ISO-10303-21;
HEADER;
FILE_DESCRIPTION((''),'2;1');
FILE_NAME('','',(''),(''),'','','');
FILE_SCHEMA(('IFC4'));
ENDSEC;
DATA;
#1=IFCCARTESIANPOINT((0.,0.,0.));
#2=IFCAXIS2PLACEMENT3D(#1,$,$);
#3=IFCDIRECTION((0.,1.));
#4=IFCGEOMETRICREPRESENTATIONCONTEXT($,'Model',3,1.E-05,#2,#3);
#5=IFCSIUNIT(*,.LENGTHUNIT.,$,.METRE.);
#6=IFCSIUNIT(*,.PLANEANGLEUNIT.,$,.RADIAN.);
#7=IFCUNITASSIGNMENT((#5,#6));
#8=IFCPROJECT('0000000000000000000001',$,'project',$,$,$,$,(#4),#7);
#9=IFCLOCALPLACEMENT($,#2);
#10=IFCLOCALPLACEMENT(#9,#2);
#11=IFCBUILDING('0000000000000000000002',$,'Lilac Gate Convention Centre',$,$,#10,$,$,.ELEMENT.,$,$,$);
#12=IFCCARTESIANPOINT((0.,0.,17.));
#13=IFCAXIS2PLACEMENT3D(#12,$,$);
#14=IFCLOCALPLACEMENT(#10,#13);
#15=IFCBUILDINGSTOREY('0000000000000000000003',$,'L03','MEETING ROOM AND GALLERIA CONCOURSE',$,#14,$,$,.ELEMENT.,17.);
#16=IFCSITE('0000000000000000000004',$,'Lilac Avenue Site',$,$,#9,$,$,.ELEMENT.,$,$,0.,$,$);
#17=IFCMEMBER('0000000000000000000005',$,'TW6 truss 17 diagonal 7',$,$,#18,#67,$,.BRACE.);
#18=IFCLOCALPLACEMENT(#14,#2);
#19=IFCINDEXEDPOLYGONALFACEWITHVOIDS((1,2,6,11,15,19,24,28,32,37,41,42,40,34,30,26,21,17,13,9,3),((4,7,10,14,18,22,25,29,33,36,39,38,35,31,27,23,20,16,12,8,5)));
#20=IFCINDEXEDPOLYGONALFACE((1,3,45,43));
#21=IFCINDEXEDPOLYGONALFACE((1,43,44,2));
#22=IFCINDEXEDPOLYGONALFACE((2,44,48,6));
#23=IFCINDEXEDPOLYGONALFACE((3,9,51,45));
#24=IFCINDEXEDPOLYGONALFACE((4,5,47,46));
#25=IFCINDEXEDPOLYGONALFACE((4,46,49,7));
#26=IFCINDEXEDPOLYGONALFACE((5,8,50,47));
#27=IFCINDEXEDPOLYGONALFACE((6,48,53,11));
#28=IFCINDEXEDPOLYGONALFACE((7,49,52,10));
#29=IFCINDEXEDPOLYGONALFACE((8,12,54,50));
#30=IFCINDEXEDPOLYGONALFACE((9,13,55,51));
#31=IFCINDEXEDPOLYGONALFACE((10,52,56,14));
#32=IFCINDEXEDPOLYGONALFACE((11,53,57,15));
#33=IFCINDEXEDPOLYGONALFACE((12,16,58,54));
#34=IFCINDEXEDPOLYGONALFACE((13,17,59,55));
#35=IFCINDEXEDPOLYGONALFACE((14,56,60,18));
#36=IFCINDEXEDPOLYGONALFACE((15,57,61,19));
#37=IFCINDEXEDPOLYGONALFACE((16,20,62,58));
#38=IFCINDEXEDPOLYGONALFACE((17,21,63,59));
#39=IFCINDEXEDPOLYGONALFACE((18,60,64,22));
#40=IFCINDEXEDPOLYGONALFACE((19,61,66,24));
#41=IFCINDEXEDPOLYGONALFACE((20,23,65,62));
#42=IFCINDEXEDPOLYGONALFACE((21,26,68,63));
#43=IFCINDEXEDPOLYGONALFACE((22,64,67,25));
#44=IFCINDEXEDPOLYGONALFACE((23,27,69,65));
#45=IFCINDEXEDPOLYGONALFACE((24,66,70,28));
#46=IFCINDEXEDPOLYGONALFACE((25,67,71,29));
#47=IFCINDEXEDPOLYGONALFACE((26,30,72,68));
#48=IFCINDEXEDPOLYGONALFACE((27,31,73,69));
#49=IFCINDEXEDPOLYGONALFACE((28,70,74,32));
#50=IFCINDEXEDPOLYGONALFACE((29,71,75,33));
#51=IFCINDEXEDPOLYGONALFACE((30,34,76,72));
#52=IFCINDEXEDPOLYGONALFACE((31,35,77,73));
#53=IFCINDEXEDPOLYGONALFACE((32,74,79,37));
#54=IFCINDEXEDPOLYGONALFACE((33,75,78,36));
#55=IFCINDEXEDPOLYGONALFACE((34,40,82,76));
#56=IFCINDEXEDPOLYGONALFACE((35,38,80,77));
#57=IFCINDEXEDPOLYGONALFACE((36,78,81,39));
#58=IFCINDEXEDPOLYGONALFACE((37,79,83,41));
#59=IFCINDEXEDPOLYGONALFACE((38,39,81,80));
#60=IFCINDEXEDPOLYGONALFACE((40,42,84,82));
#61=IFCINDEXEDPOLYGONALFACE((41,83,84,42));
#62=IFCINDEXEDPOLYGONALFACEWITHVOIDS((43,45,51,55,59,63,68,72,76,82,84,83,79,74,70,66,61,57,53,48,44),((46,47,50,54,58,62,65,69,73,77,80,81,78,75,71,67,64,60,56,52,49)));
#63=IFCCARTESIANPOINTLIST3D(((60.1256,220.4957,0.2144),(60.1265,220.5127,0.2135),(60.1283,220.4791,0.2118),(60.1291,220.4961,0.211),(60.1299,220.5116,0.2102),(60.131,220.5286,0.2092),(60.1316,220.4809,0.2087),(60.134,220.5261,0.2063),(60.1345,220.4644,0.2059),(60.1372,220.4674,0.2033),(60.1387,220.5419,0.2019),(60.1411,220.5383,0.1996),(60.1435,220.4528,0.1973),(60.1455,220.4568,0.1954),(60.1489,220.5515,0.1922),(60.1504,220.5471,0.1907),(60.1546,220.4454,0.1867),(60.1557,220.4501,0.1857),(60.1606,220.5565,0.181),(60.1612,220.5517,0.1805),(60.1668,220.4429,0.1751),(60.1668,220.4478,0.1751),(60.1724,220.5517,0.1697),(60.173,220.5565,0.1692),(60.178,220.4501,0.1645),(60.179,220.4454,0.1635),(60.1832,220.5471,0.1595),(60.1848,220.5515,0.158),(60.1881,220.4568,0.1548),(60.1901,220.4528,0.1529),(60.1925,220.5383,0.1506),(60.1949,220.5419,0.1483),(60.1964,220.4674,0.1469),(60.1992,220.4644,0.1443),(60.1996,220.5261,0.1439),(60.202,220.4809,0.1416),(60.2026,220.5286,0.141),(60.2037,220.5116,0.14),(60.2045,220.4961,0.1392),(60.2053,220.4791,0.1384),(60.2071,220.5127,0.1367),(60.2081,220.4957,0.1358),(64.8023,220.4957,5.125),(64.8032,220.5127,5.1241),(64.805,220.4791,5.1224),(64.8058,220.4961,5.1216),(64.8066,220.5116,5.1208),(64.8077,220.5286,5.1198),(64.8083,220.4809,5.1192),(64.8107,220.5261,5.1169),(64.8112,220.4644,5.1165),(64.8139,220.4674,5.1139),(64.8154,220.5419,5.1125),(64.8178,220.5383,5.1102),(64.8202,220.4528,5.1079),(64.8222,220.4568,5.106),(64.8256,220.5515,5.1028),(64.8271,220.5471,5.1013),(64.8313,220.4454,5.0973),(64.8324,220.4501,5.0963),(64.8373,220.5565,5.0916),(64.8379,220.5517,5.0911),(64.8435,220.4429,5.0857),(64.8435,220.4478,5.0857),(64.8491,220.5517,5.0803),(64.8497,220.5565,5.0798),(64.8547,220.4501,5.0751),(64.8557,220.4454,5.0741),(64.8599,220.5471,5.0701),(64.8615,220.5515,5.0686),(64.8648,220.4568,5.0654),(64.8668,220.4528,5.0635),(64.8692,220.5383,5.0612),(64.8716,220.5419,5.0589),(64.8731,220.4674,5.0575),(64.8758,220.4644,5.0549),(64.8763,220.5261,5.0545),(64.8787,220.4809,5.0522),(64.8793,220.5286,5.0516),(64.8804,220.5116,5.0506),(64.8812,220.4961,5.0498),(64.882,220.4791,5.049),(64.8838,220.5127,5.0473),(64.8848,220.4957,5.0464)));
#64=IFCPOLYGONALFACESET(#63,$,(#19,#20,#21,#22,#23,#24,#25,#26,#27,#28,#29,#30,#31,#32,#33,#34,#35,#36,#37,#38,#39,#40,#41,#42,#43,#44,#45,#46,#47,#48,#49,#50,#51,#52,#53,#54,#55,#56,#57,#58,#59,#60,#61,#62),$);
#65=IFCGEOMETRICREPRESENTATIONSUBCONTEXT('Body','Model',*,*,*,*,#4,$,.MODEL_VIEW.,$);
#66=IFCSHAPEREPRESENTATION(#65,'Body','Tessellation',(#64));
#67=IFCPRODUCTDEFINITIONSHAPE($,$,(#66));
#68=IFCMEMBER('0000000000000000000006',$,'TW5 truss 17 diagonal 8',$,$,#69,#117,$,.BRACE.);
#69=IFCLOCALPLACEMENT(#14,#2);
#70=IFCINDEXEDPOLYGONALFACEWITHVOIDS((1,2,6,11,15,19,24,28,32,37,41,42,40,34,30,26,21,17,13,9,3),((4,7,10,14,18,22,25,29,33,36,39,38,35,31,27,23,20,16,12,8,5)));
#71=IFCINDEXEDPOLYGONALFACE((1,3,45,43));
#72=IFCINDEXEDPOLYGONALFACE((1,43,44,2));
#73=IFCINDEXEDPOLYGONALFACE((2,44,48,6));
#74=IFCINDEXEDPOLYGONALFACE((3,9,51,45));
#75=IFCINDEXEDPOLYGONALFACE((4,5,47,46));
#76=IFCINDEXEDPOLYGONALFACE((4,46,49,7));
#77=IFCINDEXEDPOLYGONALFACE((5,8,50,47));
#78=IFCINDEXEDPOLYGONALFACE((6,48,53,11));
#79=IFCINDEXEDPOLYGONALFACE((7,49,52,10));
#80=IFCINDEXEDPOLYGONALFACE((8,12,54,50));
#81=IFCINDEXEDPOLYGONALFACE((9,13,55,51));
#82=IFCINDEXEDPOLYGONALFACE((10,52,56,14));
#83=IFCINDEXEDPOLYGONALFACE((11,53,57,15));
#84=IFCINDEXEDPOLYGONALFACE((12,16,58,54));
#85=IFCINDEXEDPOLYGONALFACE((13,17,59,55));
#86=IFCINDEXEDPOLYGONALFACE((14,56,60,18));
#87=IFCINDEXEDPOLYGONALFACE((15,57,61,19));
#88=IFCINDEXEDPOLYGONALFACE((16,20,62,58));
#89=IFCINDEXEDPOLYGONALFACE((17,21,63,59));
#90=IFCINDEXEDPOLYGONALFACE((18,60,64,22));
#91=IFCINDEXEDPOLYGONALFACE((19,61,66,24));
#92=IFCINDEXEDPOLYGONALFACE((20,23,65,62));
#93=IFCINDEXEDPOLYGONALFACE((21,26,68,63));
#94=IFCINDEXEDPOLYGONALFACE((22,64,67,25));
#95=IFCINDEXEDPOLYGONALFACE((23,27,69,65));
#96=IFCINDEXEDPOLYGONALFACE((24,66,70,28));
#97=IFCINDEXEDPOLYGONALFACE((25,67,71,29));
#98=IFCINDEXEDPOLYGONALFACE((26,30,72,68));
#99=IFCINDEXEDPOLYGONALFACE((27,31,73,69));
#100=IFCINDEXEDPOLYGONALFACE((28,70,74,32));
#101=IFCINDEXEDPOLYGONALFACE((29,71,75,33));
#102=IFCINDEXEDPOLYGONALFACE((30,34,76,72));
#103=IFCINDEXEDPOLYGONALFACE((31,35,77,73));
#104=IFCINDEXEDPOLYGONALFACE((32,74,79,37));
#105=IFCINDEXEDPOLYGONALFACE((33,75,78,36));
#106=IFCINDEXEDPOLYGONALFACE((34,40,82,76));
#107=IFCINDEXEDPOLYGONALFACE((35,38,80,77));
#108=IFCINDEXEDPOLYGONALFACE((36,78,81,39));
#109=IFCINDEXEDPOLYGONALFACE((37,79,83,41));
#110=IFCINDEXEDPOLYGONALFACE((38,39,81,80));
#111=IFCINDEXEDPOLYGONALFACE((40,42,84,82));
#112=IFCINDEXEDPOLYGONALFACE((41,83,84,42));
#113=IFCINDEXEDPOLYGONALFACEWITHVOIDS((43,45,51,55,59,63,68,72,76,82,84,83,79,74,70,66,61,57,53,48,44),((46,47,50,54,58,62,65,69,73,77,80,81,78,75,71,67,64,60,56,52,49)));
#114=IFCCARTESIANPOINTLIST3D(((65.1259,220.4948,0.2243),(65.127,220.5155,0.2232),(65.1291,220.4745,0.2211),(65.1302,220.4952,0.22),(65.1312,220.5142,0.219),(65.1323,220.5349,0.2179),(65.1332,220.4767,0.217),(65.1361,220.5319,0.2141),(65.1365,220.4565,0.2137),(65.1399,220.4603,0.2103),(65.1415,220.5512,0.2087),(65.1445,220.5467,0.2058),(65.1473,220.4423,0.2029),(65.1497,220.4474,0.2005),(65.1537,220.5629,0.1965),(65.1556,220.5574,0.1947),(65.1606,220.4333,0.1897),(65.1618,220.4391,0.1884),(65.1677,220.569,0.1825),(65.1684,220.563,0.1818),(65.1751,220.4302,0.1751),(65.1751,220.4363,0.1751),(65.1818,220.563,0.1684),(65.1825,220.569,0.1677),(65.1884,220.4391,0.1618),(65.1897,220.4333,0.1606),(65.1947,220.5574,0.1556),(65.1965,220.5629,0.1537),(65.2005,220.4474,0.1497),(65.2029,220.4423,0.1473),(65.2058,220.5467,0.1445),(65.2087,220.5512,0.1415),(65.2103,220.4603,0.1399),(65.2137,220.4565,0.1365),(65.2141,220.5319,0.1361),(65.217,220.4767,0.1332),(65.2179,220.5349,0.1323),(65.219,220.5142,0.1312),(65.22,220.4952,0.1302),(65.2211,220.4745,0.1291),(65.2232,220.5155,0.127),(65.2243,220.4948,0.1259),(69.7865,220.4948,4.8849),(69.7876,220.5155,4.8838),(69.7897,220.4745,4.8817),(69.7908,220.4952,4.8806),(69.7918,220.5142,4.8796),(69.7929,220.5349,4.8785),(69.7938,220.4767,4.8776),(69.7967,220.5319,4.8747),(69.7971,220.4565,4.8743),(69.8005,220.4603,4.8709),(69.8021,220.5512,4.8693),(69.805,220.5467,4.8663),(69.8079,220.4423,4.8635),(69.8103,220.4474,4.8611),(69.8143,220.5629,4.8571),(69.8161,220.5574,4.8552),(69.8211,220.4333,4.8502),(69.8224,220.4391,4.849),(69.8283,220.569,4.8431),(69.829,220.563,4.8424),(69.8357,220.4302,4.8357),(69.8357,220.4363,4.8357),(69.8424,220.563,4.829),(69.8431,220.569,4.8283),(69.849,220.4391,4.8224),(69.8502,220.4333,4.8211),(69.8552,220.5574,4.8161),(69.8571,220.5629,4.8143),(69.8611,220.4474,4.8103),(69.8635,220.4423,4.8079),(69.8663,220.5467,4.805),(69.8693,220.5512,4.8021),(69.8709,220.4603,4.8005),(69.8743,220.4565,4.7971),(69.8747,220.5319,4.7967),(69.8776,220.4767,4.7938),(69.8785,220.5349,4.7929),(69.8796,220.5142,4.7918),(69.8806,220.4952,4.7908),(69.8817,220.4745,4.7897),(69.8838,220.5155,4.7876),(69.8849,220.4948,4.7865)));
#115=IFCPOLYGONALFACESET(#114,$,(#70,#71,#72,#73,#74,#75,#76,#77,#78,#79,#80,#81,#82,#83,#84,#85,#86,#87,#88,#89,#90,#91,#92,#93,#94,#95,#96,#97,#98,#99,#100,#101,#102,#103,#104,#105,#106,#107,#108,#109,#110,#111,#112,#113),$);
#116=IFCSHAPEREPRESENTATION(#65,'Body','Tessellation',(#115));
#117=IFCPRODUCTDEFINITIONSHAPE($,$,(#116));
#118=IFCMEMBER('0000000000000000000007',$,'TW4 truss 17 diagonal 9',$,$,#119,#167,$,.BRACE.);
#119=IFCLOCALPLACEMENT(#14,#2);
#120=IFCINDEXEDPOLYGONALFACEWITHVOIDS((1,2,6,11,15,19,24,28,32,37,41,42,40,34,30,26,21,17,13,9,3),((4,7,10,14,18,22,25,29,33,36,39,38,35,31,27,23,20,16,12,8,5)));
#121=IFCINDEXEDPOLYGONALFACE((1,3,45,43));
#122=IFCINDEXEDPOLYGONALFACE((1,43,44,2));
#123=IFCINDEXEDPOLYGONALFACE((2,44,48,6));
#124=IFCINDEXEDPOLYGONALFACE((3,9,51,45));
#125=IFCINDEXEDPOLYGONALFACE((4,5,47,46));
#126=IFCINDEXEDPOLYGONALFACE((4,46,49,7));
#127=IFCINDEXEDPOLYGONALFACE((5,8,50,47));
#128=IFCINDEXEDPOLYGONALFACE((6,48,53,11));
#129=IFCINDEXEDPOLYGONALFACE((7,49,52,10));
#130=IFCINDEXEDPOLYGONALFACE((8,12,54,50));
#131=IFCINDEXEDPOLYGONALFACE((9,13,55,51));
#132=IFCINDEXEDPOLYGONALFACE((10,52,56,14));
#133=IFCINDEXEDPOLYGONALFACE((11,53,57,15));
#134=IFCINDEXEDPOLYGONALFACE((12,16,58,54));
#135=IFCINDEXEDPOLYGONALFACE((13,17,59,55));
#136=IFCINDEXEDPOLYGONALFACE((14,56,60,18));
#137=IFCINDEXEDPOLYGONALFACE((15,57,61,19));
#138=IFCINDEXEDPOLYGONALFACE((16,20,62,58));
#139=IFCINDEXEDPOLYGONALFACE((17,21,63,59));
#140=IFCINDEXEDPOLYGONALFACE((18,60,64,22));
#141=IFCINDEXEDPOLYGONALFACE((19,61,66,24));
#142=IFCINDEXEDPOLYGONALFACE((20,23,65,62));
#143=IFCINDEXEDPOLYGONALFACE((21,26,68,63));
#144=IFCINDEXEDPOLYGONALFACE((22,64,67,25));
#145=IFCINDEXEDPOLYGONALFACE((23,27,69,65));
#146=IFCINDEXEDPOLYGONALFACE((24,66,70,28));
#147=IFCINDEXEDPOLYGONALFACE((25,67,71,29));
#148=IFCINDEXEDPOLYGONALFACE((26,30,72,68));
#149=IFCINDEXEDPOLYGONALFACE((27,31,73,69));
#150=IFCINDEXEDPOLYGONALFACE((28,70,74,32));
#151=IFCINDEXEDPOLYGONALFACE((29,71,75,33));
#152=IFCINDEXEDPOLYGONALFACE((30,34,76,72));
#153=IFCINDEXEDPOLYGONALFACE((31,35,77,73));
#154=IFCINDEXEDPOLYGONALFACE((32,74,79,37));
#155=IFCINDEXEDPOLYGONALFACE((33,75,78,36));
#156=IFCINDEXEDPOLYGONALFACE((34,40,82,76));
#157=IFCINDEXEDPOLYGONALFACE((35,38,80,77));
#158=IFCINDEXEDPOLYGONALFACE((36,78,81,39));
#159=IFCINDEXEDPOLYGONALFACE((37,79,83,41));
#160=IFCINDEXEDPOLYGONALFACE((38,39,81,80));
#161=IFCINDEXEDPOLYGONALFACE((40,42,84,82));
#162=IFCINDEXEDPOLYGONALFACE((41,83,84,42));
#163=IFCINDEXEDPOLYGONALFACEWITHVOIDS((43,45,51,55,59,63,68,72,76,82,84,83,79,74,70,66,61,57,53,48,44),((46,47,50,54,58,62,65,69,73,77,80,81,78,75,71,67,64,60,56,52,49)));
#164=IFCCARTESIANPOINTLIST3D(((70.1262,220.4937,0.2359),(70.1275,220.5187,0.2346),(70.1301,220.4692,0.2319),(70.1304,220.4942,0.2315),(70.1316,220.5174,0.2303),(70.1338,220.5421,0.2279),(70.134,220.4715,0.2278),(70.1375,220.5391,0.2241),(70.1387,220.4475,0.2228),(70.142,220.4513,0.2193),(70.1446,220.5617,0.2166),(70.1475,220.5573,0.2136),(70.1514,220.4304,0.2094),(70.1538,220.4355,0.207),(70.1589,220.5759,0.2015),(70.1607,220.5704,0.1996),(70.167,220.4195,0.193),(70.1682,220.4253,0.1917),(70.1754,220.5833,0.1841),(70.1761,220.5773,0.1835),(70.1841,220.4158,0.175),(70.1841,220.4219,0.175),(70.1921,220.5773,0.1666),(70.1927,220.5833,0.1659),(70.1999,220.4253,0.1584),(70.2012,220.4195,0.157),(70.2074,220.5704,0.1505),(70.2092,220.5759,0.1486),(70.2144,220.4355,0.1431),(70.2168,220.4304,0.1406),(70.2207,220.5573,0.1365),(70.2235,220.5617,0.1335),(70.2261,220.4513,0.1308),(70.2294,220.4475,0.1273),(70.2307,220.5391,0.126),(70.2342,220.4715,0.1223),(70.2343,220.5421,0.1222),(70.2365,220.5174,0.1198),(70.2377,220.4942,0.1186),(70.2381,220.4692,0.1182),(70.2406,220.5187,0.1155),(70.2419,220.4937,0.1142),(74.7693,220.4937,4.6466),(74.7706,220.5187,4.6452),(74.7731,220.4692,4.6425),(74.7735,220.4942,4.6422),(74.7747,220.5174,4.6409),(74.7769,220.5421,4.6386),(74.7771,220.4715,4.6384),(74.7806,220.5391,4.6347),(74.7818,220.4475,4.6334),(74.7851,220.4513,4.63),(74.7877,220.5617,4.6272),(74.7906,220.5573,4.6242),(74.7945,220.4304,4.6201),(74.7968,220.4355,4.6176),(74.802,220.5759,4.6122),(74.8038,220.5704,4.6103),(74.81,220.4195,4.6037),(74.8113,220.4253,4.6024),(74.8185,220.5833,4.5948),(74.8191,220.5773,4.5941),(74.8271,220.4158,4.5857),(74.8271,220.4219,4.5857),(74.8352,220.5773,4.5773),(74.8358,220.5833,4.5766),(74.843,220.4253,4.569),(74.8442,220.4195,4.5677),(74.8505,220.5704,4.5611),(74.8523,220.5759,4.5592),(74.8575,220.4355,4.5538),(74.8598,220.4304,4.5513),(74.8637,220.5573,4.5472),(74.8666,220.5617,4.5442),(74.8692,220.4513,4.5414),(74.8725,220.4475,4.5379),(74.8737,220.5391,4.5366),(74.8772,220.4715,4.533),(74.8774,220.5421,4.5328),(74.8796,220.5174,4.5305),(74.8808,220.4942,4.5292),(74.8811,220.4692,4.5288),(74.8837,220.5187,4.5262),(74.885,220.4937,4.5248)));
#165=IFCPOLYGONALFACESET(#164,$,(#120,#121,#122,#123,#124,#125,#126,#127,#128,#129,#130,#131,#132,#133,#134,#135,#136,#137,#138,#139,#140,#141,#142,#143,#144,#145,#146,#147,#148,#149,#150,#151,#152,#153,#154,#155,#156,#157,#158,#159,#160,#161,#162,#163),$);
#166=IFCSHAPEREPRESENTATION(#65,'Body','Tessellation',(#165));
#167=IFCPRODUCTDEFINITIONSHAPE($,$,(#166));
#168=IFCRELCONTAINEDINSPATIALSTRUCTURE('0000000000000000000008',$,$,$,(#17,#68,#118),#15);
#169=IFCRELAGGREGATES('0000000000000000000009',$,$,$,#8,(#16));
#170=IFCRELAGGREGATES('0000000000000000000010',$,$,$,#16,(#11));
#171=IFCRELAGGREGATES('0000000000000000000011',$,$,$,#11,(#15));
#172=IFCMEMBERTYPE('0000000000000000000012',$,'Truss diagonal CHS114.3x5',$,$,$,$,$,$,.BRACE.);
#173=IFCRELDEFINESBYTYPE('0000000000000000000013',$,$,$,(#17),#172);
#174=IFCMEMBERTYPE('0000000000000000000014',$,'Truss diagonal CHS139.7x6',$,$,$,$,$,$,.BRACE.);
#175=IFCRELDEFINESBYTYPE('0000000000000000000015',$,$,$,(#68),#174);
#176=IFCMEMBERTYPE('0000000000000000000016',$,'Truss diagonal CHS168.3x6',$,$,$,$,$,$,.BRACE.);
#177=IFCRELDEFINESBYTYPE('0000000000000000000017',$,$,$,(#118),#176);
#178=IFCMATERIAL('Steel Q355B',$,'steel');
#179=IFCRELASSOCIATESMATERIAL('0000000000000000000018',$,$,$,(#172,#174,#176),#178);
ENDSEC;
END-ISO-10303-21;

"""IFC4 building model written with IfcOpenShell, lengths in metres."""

from ifc_helpers import new_model, si_unit, direction, frame, origin, origin_2d, place, context, subcontext, project, spatial, hollow_circle, extrude, material, material_profile, profile_set, type_object, element, save


model = new_model("IFC4")

# Units and contexts
model_context = context("Model", 3, precision=1e-05, world=origin(), true_north=direction((0.0, 1.0)))
body_context = subcontext(model_context, "Body", "Model", "MODEL_VIEW")
ifc_project = project(units=[si_unit("LENGTHUNIT", "METRE"), si_unit("PLANEANGLEUNIT", "RADIAN")], contexts=[model_context])

# Site, building, storey
site_placement = place(None, origin())
site = spatial("IfcSite", under=ifc_project, at=site_placement, Name="Lilac Avenue Site", CompositionType="ELEMENT", RefElevation=0.0)
building_placement = place(site_placement, origin())
building = spatial("IfcBuilding", under=site, at=building_placement, Name="Lilac Gate Convention Centre", CompositionType="ELEMENT")
storey_placement = place(building_placement, frame((0.0, 0.0, 17.0)))
storey = spatial("IfcBuildingStorey", under=building, at=storey_placement, Name="L03", Description="MEETING ROOM AND GALLERIA CONCOURSE", CompositionType="ELEMENT", Elevation=17.0)

# Members
ifc_material = material(Name="Steel Q355B", Category="steel")
ifc_material_profile_1 = material_profile(ifc_material, hollow_circle(Radius=0.0571, WallThickness=0.0049, at=origin_2d()), Name="CHS114.3x5")
ifc_profile_set_1 = profile_set([ifc_material_profile_1], Name="Steel Q355B")
member_type_1 = type_object("IfcMemberType", Name="Truss diagonal CHS114.3x5", PredefinedType="BRACE", material=ifc_profile_set_1)
member_1_placement = place(storey_placement, frame((64.8435, 220.5, 5.0857), z_axis=(-0.689652, 0.0, -0.724141), x_axis=(0.0, -1.0, 0.0)))
element("IfcMember", 1, at=member_1_placement, inside=storey, type_object=member_type_1, Name="TW6 truss 17 diagonal 7", PredefinedType="BRACE", context=body_context, shape_type="SweptSolid", body=[
    extrude(hollow_circle(Radius=0.0571, WallThickness=0.0049, at=origin_2d()), origin(), (0.0, 0.0, 1.0), 6.7812),
])
ifc_material_profile_2 = material_profile(ifc_material, hollow_circle(Radius=0.0698, WallThickness=0.0061, at=origin_2d()), Name="CHS139.7x6")
ifc_profile_set_2 = profile_set([ifc_material_profile_2], Name="Steel Q355B")
member_type_2 = type_object("IfcMemberType", Name="Truss diagonal CHS139.7x6", PredefinedType="BRACE", material=ifc_profile_set_2)
member_2_placement = place(storey_placement, frame((69.8357, 220.5, 4.8357), z_axis=(-0.707107, 0.0, -0.707107), x_axis=(0.0, -1.0, 0.0)))
element("IfcMember", 2, at=member_2_placement, inside=storey, type_object=member_type_2, Name="TW5 truss 17 diagonal 8", PredefinedType="BRACE", context=body_context, shape_type="SweptSolid", body=[
    extrude(hollow_circle(Radius=0.0698, WallThickness=0.0061, at=origin_2d()), origin(), (0.0, 0.0, 1.0), 6.5911),
])
ifc_material_profile_3 = material_profile(ifc_material, hollow_circle(Radius=0.0842, WallThickness=0.0061, at=origin_2d()), Name="CHS168.3x6")
ifc_profile_set_3 = profile_set([ifc_material_profile_3], Name="Steel Q355B")
member_type_3 = type_object("IfcMemberType", Name="Truss diagonal CHS168.3x6", PredefinedType="BRACE", material=ifc_profile_set_3)
member_3_placement = place(storey_placement, frame((74.8271, 220.5, 4.5857), z_axis=(-0.72502, 0.0, -0.688727), x_axis=(0.0, -1.0, 0.0)))
element("IfcMember", 3, at=member_3_placement, inside=storey, type_object=member_type_3, Name="TW4 truss 17 diagonal 9", PredefinedType="BRACE", context=body_context, shape_type="SweptSolid", body=[
    extrude(hollow_circle(Radius=0.0842, WallThickness=0.0061, at=origin_2d()), origin(), (0.0, 0.0, 1.0), 6.4041),
])

save(model, "model.ifc")
